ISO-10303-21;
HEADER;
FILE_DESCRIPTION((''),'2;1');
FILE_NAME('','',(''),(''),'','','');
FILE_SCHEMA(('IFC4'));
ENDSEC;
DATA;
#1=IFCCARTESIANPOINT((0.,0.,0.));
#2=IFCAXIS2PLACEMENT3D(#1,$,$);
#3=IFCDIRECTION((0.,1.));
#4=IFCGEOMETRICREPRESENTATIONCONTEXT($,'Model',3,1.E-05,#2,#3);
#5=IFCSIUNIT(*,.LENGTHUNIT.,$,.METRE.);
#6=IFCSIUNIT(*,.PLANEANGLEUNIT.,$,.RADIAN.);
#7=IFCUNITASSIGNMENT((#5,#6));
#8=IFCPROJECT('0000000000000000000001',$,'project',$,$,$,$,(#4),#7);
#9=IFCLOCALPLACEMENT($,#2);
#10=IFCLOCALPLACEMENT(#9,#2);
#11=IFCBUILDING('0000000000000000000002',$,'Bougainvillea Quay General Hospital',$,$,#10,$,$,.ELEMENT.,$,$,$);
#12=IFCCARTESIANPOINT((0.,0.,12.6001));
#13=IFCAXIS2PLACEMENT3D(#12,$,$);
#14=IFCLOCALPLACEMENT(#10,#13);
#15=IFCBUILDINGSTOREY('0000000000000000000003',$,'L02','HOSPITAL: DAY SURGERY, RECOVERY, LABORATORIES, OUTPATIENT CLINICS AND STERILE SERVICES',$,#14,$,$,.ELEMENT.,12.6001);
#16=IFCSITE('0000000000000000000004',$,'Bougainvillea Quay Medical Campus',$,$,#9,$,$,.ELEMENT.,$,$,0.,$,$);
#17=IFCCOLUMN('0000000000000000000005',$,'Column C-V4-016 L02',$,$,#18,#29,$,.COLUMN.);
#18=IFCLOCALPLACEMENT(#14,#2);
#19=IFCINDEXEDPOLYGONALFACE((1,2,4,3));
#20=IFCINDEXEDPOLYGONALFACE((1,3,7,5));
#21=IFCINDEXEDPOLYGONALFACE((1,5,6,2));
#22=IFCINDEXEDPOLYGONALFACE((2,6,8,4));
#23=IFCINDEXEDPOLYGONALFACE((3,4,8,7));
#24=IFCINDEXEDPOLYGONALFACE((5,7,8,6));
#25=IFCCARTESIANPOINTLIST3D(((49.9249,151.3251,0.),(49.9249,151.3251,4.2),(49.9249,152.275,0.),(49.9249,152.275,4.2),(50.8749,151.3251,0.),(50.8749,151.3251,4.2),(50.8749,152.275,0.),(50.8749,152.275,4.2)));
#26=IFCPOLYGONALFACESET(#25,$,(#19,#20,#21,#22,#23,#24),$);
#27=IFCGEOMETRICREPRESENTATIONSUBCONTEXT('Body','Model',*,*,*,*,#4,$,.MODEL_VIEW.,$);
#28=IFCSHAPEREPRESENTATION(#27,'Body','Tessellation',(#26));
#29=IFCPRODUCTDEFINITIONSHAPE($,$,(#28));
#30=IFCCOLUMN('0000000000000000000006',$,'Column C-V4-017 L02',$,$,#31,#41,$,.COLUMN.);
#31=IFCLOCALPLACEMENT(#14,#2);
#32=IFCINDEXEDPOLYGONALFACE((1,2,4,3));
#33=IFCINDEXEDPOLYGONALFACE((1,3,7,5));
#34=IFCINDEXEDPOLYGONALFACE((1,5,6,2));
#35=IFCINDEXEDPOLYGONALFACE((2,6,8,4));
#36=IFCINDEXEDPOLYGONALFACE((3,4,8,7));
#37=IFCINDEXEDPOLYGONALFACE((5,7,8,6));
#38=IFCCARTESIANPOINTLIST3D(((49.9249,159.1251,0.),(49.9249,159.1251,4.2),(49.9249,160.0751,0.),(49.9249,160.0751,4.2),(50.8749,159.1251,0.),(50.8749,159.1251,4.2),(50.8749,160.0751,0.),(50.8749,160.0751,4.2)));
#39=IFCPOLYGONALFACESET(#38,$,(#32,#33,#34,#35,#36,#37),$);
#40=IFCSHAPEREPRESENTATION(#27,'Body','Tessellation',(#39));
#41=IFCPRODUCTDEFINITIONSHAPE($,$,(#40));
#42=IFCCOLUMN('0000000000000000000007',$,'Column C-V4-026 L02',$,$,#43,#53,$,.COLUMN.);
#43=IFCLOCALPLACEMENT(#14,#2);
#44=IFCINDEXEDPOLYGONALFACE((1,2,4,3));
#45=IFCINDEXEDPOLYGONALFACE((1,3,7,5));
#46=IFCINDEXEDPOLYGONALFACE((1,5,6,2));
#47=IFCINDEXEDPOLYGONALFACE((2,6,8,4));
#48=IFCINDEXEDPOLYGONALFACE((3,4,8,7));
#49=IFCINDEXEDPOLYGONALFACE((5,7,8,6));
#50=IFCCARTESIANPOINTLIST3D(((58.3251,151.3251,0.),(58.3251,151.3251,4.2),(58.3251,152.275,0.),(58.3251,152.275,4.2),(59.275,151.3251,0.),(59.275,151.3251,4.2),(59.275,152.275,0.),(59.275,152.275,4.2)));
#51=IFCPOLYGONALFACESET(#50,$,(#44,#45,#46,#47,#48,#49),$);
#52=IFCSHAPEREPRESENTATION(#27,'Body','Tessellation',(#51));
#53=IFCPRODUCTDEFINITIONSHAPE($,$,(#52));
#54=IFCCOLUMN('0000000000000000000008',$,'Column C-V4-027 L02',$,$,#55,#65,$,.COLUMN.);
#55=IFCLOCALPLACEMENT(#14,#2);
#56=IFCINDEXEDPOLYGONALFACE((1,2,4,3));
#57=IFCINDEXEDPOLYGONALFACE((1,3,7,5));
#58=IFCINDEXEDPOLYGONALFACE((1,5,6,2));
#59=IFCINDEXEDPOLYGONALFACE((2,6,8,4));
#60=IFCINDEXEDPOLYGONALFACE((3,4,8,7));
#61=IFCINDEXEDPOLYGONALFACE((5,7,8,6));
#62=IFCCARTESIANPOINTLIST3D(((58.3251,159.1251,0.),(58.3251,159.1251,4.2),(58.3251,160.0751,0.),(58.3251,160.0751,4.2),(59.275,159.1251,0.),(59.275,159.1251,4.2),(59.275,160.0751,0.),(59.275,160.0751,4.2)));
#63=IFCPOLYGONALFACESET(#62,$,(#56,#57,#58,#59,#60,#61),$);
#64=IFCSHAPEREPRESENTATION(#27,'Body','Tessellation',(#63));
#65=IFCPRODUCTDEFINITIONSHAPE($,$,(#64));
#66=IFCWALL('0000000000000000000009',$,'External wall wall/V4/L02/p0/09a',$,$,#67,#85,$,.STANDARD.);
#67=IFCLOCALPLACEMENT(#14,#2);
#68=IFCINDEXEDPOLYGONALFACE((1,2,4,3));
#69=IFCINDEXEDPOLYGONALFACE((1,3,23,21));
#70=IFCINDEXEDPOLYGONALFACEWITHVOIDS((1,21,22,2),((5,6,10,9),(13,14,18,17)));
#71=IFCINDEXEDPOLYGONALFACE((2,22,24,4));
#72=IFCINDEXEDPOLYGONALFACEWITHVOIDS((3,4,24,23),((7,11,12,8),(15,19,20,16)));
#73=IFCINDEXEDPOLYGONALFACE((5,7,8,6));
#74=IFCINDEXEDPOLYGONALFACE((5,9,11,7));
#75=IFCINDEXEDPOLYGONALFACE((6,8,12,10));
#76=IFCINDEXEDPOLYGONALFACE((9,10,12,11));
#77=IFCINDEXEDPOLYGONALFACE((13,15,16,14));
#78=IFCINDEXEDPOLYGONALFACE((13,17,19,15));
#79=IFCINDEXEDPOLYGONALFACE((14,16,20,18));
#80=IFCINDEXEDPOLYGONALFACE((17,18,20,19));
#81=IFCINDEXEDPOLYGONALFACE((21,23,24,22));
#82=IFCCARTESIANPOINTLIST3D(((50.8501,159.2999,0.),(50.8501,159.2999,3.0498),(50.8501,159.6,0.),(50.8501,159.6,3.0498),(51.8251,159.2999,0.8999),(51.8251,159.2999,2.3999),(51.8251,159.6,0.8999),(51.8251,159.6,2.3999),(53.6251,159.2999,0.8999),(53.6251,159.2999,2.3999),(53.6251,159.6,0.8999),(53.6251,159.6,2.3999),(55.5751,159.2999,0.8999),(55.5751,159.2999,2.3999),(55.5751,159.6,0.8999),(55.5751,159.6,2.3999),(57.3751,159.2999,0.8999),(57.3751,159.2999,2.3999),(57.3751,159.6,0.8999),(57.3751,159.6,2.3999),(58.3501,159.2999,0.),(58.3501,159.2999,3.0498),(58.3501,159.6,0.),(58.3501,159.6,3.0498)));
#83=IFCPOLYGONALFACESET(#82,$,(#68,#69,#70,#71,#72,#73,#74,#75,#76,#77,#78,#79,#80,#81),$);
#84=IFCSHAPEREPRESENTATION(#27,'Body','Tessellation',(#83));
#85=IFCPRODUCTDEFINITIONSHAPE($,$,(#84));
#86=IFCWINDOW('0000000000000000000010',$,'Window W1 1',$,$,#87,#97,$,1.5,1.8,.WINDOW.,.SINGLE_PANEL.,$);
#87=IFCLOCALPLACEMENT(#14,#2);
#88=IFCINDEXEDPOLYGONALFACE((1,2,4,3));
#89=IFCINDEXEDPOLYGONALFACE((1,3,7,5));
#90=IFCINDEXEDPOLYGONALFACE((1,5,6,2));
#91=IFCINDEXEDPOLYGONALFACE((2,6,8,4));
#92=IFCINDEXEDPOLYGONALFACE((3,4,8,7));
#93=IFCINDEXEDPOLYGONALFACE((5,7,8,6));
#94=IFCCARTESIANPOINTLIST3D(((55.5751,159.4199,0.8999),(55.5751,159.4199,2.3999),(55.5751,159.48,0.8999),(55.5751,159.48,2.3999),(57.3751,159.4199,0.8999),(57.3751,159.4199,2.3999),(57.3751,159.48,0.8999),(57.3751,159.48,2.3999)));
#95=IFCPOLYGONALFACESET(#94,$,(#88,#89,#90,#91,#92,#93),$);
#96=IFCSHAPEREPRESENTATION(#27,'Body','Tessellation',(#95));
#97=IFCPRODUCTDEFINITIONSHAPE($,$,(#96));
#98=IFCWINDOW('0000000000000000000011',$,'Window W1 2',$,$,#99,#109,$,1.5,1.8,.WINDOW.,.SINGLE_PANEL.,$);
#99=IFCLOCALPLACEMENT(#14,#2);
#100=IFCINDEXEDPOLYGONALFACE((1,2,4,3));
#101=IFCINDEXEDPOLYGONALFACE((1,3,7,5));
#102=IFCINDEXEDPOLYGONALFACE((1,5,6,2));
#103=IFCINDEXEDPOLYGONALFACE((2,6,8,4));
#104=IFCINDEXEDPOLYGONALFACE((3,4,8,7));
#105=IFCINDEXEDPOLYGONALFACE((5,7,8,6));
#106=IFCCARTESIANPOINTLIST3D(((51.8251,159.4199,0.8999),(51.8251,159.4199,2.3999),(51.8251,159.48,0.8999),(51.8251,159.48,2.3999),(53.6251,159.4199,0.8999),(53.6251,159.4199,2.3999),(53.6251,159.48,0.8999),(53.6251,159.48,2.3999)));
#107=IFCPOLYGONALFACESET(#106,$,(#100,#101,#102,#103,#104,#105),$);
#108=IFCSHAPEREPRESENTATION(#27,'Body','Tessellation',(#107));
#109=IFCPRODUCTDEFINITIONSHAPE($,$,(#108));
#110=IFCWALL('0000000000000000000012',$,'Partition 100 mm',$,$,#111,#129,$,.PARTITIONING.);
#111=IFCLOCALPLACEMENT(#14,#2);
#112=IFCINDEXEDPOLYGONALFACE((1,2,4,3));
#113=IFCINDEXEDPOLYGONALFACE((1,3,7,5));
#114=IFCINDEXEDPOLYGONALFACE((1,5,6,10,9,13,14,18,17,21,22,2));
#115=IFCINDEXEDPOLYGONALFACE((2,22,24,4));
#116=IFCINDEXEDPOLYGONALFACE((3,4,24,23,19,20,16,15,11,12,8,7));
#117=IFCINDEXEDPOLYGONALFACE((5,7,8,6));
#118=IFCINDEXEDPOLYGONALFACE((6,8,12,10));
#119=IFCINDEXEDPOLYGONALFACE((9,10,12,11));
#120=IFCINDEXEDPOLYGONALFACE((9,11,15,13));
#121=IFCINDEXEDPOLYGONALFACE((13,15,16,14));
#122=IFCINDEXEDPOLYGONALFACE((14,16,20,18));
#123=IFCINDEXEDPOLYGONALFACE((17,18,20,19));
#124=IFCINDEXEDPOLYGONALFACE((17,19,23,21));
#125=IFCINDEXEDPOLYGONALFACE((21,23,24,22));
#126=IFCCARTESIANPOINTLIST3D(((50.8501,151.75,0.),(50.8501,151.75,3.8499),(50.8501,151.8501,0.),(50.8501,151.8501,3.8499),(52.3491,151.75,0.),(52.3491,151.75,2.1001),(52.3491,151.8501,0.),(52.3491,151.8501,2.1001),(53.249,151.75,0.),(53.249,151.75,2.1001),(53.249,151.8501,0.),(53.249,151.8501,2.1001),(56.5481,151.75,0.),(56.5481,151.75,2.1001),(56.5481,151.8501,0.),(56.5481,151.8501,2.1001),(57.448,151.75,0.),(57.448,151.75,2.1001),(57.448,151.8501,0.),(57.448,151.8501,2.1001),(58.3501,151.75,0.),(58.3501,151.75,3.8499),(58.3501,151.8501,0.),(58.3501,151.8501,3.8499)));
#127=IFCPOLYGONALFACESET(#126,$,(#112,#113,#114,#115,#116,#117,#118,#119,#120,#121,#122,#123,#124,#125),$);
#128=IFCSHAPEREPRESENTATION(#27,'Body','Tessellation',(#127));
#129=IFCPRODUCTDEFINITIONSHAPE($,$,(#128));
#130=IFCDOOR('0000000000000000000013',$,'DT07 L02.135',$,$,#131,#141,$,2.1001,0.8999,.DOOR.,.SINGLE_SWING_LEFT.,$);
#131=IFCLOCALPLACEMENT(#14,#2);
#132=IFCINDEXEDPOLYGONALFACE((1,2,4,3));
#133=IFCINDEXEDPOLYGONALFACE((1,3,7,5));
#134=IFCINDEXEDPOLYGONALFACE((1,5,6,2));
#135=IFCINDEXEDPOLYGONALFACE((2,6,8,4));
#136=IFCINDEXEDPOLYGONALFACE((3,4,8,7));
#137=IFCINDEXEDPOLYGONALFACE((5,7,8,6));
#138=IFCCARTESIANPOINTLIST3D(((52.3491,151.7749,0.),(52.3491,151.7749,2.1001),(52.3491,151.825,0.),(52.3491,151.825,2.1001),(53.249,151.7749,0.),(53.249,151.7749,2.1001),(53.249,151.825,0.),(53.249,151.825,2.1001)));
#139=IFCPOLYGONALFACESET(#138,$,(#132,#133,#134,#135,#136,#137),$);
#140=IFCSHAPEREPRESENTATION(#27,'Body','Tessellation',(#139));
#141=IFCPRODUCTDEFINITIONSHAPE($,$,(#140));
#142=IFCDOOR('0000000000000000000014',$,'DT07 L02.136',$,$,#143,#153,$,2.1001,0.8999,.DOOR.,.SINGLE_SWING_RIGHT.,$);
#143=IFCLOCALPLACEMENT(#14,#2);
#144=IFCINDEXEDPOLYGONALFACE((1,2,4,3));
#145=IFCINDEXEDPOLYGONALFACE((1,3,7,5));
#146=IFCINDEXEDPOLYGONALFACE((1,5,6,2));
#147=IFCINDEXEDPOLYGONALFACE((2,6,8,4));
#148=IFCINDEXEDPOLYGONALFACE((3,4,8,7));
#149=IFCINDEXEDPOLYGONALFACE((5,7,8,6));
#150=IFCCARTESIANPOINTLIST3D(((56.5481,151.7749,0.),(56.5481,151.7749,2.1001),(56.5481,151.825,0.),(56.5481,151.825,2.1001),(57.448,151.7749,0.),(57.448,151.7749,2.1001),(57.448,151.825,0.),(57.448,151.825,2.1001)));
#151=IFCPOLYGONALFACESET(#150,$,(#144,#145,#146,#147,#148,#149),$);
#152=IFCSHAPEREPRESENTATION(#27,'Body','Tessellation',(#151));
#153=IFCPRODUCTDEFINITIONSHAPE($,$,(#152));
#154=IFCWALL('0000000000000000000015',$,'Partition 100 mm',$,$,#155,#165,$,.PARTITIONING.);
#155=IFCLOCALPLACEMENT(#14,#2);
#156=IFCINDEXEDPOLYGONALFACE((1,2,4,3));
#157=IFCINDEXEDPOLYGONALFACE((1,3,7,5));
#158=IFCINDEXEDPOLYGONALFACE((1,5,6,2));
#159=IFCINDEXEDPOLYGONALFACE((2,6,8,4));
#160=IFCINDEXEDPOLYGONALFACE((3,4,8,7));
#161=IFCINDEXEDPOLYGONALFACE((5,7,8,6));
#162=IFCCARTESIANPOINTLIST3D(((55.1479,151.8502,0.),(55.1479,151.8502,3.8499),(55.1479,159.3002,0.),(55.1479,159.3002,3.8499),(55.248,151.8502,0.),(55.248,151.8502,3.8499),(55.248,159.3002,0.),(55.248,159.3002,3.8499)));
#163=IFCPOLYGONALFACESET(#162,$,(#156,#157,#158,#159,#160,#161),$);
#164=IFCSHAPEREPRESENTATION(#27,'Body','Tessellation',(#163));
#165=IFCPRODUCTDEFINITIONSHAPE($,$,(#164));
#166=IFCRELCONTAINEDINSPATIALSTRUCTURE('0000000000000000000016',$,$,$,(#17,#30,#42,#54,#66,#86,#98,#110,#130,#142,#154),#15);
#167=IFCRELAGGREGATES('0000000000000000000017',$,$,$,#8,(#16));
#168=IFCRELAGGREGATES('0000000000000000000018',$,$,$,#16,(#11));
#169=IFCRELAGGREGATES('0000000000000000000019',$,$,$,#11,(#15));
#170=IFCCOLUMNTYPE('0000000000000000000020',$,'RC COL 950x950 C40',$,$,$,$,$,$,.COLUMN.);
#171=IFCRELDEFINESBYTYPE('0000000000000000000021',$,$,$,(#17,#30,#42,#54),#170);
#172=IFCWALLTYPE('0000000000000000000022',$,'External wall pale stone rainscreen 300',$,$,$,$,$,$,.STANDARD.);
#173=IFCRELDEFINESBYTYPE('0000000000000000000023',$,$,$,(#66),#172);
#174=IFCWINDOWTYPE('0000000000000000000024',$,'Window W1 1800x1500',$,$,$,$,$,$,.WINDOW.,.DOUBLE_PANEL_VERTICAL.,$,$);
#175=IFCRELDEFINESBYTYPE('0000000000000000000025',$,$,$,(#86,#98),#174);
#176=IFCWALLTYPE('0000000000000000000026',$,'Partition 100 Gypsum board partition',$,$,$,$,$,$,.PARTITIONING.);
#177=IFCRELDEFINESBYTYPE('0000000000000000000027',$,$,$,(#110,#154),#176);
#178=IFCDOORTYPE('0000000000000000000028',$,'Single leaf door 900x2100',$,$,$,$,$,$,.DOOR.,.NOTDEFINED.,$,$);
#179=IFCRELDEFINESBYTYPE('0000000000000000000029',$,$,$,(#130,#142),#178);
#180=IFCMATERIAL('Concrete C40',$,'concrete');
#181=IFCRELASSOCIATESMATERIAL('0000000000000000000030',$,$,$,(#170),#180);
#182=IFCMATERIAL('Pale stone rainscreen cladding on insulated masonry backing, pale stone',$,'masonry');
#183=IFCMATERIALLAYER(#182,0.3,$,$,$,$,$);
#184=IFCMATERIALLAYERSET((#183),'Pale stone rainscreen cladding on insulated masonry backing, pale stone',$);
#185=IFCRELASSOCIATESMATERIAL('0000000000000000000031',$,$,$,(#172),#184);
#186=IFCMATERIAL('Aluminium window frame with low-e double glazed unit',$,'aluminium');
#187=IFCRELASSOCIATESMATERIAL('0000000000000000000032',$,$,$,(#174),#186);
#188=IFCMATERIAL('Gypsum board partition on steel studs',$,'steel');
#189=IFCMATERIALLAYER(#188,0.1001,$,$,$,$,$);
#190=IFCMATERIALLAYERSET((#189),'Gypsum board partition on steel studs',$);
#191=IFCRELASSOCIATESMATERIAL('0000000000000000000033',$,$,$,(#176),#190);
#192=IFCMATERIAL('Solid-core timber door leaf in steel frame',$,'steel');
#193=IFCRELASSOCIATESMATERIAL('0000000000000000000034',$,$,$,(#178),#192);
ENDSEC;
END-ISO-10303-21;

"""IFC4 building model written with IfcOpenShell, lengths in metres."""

from ifc_helpers import new_model, si_unit, direction, frame, frame_2d, origin, origin_2d, place, context, subcontext, project, spatial, rectangle, extrude, material, layer, layer_set, material_profile, profile_set, type_object, element, fill, save


model = new_model("IFC4")

# Units and contexts
model_context = context("Model", 3, precision=1e-05, world=origin(), true_north=direction((0.0, 1.0)))
body_context = subcontext(model_context, "Body", "Model", "MODEL_VIEW")
ifc_project = project(units=[si_unit("LENGTHUNIT", "METRE"), si_unit("PLANEANGLEUNIT", "RADIAN")], contexts=[model_context])

# Site, building, storey
site_placement = place(None, origin())
site = spatial("IfcSite", under=ifc_project, at=site_placement, Name="Bougainvillea Quay Medical Campus", CompositionType="ELEMENT", RefElevation=0.0)
building_placement = place(site_placement, origin())
building = spatial("IfcBuilding", under=site, at=building_placement, Name="Bougainvillea Quay General Hospital", CompositionType="ELEMENT")
storey_placement = place(building_placement, frame((0.0, 0.0, 12.6001)))
storey = spatial("IfcBuildingStorey", under=building, at=storey_placement, Name="L02", Description="HOSPITAL: DAY SURGERY, RECOVERY, LABORATORIES, OUTPATIENT CLINICS AND STERILE SERVICES", CompositionType="ELEMENT", Elevation=12.6001)

# Columns
ifc_material_1 = material(Name="Concrete C40", Category="concrete")
ifc_material_profile = material_profile(ifc_material_1, rectangle(XDim=0.95, YDim=0.95, at=origin_2d()))
ifc_profile_set = profile_set([ifc_material_profile], Name="Concrete C40")
column_type = type_object("IfcColumnType", Name="RC COL 950x950 C40", PredefinedType="COLUMN", material=ifc_profile_set)
for number, where, z_axis, x_axis, name in (
    (1, (50.3999, 151.8, 0.0), (0.0, 0.0, 1.0), (1.0, 0.0, 0.0), "Column C-V4-016 L02"),
    (2, (50.3999, 159.6001, 0.0), (0.0, 0.0, 1.0), (1.0, 0.0, 0.0), "Column C-V4-017 L02"),
    (3, (58.8, 151.8, 0.0), (0.0, 0.0, 1.0), (1.0, 0.0, 0.0), "Column C-V4-026 L02"),
    (4, (58.8, 159.6001, 0.0), (0.0, 0.0, 1.0), (1.0, 0.0, 0.0), "Column C-V4-027 L02"),
):
    element("IfcColumn", number, at=place(storey_placement, frame(where, z_axis=z_axis, x_axis=x_axis)), inside=storey, type_object=column_type, Name=name, PredefinedType="COLUMN", context=body_context, shape_type="SweptSolid", body=[
        extrude(rectangle(XDim=0.95, YDim=0.95, at=origin_2d()), origin(), (0.0, 0.0, 1.0), 4.2),
    ])

# Wall, openings, windows
ifc_material_2 = material(Name="Pale stone rainscreen cladding on insulated masonry backing, pale stone", Category="masonry")
ifc_layer_1 = layer(ifc_material_2, 0.3)
ifc_layer_set_1 = layer_set([ifc_layer_1], Name="Pale stone rainscreen cladding on insulated masonry backing, pale stone")
wall_type_1 = type_object("IfcWallType", Name="External wall pale stone rainscreen 300", PredefinedType="STANDARD", material=ifc_layer_set_1)
wall_1_placement = place(storey_placement, frame((58.3501, 159.45, 0.0), z_axis=(0.0, 0.0, 1.0), x_axis=(-1.0, 0.0, 0.0)))
wall_1 = element("IfcWall", 5, at=wall_1_placement, inside=storey, type_object=wall_type_1, Name="External wall wall/V4/L02/p0/09a", PredefinedType="STANDARD", context=body_context, shape_type="SweptSolid", body=[
    extrude(rectangle(XDim=7.5, YDim=0.3, at=frame_2d((3.75, 0.0))), origin(), (0.0, 0.0, 1.0), 3.0498),
])
opening_1_placement = place(wall_1_placement, frame((0.9751, 0.0, 0.8999)))
opening_1 = element("IfcOpeningElement", 6, at=opening_1_placement, cuts=wall_1, PredefinedType="OPENING", context=body_context, shape_type="SweptSolid", body=[
    extrude(rectangle(XDim=1.8, YDim=1.5, at=frame_2d((0.8999, 0.75))), frame((0.0, 0.1599, 0.0), z_axis=(0.0, -1.0, 0.0), x_axis=(1.0, 0.0, 0.0)), (0.0, 0.0, 1.0), 0.3201),
])
opening_2_placement = place(wall_1_placement, frame((4.7251, 0.0, 0.8999)))
opening_2 = element("IfcOpeningElement", 7, at=opening_2_placement, cuts=wall_1, PredefinedType="OPENING", context=body_context, shape_type="SweptSolid", body=[
    extrude(rectangle(XDim=1.8, YDim=1.5, at=frame_2d((0.8999, 0.75))), frame((0.0, 0.1599, 0.0), z_axis=(0.0, -1.0, 0.0), x_axis=(1.0, 0.0, 0.0)), (0.0, 0.0, 1.0), 0.3201),
])
ifc_material_3 = material(Name="Aluminium window frame with low-e double glazed unit", Category="aluminium")
window_type = type_object("IfcWindowType", Name="Window W1 1800x1500", PartitioningType="DOUBLE_PANEL_VERTICAL", PredefinedType="WINDOW", material=ifc_material_3)
window_1_placement = place(opening_1_placement, origin())
window_1 = element("IfcWindow", 8, at=window_1_placement, inside=storey, type_object=window_type, Name="Window W1 1", OverallHeight=1.5, OverallWidth=1.8, PartitioningType="SINGLE_PANEL", PredefinedType="WINDOW", context=body_context, shape_type="SweptSolid", body=[
    extrude(rectangle(XDim=1.8, YDim=1.5, at=frame_2d((0.8999, 0.75))), frame((0.0, 0.03, 0.0), z_axis=(0.0, -1.0, 0.0), x_axis=(1.0, 0.0, 0.0)), (0.0, 0.0, 1.0), 0.0601),
])
fill(opening_1, window_1)
window_2_placement = place(opening_2_placement, origin())
window_2 = element("IfcWindow", 9, at=window_2_placement, inside=storey, type_object=window_type, Name="Window W1 2", OverallHeight=1.5, OverallWidth=1.8, PartitioningType="SINGLE_PANEL", PredefinedType="WINDOW", context=body_context, shape_type="SweptSolid", body=[
    extrude(rectangle(XDim=1.8, YDim=1.5, at=frame_2d((0.8999, 0.75))), frame((0.0, 0.03, 0.0), z_axis=(0.0, -1.0, 0.0), x_axis=(1.0, 0.0, 0.0)), (0.0, 0.0, 1.0), 0.0601),
])
fill(opening_2, window_2)

# Wall, openings, doors
ifc_material_4 = material(Name="Gypsum board partition on steel studs", Category="steel")
ifc_layer_2 = layer(ifc_material_4, 0.1001)
ifc_layer_set_2 = layer_set([ifc_layer_2], Name="Gypsum board partition on steel studs")
wall_type_2 = type_object("IfcWallType", Name="Partition 100 Gypsum board partition", PredefinedType="PARTITIONING", material=ifc_layer_set_2)
wall_2_placement = place(storey_placement, frame((58.3501, 151.8, 0.0), z_axis=(0.0, 0.0, 1.0), x_axis=(-1.0, 0.0, 0.0)))
wall_2 = element("IfcWall", 10, at=wall_2_placement, inside=storey, type_object=wall_type_2, Name="Partition 100 mm", PredefinedType="PARTITIONING", context=body_context, shape_type="SweptSolid", body=[
    extrude(rectangle(XDim=7.5, YDim=0.1001, at=frame_2d((3.75, 0.0))), origin(), (0.0, 0.0, 1.0), 3.8499),
])
opening_3_placement = place(wall_2_placement, frame((5.1011, 0.0, 0.0)))
opening_3 = element("IfcOpeningElement", 11, at=opening_3_placement, cuts=wall_2, PredefinedType="OPENING", context=body_context, shape_type="SweptSolid", body=[
    extrude(rectangle(XDim=0.8999, YDim=2.1001, at=frame_2d((0.45, 1.05))), frame((0.0, 0.0601, 0.0), z_axis=(0.0, -1.0, 0.0), x_axis=(1.0, 0.0, 0.0)), (0.0, 0.0, 1.0), 0.1201),
])
opening_4_placement = place(wall_2_placement, frame((0.9021, 0.0, 0.0)))
opening_4 = element("IfcOpeningElement", 12, at=opening_4_placement, cuts=wall_2, PredefinedType="OPENING", context=body_context, shape_type="SweptSolid", body=[
    extrude(rectangle(XDim=0.8999, YDim=2.1001, at=frame_2d((0.45, 1.05))), frame((0.0, 0.0601, 0.0), z_axis=(0.0, -1.0, 0.0), x_axis=(1.0, 0.0, 0.0)), (0.0, 0.0, 1.0), 0.1201),
])
ifc_material_5 = material(Name="Solid-core timber door leaf in steel frame", Category="steel")
door_type_1 = type_object("IfcDoorType", Name="Single leaf door 900x2100", OperationType="NOTDEFINED", PredefinedType="DOOR", material=ifc_material_5)
door_1_placement = place(opening_3_placement, frame((0.8999, 0.0, 0.0), z_axis=(0.0, 0.0, 1.0), x_axis=(-1.0, 0.0, 0.0)))
door_1 = element("IfcDoor", 13, at=door_1_placement, inside=storey, type_object=door_type_1, Name="DT07 L02.135", OperationType="SINGLE_SWING_LEFT", OverallHeight=2.1001, OverallWidth=0.8999, PredefinedType="DOOR", context=body_context, shape_type="SweptSolid", body=[
    extrude(rectangle(XDim=0.8999, YDim=2.1001, at=frame_2d((0.45, 1.05))), frame((0.0, 0.0249, 0.0), z_axis=(0.0, -1.0, 0.0), x_axis=(1.0, 0.0, 0.0)), (0.0, 0.0, 1.0), 0.05),
])
fill(opening_3, door_1)
door_2_placement = place(opening_4_placement, frame((0.8999, 0.0, 0.0), z_axis=(0.0, 0.0, 1.0), x_axis=(-1.0, 0.0, 0.0)))
door_2 = element("IfcDoor", 14, at=door_2_placement, inside=storey, type_object=door_type_1, Name="DT07 L02.136", OperationType="SINGLE_SWING_RIGHT", OverallHeight=2.1001, OverallWidth=0.8999, PredefinedType="DOOR", context=body_context, shape_type="SweptSolid", body=[
    extrude(rectangle(XDim=0.8999, YDim=2.1001, at=frame_2d((0.45, 1.05))), frame((0.0, 0.0249, 0.0), z_axis=(0.0, -1.0, 0.0), x_axis=(1.0, 0.0, 0.0)), (0.0, 0.0, 1.0), 0.05),
])
fill(opening_4, door_2)

# Wall
wall_3_placement = place(storey_placement, frame((55.198, 151.8501, 0.0), z_axis=(0.0, 0.0, 1.0), x_axis=(0.0, 1.0, 0.0)))
element("IfcWall", 15, at=wall_3_placement, inside=storey, type_object=wall_type_2, Name="Partition 100 mm", PredefinedType="PARTITIONING", context=body_context, shape_type="SweptSolid", body=[
    extrude(rectangle(XDim=7.45, YDim=0.1001, at=frame_2d((3.7251, 0.0))), origin(), (0.0, 0.0, 1.0), 3.8499),
])

save(model, "model.ifc")
